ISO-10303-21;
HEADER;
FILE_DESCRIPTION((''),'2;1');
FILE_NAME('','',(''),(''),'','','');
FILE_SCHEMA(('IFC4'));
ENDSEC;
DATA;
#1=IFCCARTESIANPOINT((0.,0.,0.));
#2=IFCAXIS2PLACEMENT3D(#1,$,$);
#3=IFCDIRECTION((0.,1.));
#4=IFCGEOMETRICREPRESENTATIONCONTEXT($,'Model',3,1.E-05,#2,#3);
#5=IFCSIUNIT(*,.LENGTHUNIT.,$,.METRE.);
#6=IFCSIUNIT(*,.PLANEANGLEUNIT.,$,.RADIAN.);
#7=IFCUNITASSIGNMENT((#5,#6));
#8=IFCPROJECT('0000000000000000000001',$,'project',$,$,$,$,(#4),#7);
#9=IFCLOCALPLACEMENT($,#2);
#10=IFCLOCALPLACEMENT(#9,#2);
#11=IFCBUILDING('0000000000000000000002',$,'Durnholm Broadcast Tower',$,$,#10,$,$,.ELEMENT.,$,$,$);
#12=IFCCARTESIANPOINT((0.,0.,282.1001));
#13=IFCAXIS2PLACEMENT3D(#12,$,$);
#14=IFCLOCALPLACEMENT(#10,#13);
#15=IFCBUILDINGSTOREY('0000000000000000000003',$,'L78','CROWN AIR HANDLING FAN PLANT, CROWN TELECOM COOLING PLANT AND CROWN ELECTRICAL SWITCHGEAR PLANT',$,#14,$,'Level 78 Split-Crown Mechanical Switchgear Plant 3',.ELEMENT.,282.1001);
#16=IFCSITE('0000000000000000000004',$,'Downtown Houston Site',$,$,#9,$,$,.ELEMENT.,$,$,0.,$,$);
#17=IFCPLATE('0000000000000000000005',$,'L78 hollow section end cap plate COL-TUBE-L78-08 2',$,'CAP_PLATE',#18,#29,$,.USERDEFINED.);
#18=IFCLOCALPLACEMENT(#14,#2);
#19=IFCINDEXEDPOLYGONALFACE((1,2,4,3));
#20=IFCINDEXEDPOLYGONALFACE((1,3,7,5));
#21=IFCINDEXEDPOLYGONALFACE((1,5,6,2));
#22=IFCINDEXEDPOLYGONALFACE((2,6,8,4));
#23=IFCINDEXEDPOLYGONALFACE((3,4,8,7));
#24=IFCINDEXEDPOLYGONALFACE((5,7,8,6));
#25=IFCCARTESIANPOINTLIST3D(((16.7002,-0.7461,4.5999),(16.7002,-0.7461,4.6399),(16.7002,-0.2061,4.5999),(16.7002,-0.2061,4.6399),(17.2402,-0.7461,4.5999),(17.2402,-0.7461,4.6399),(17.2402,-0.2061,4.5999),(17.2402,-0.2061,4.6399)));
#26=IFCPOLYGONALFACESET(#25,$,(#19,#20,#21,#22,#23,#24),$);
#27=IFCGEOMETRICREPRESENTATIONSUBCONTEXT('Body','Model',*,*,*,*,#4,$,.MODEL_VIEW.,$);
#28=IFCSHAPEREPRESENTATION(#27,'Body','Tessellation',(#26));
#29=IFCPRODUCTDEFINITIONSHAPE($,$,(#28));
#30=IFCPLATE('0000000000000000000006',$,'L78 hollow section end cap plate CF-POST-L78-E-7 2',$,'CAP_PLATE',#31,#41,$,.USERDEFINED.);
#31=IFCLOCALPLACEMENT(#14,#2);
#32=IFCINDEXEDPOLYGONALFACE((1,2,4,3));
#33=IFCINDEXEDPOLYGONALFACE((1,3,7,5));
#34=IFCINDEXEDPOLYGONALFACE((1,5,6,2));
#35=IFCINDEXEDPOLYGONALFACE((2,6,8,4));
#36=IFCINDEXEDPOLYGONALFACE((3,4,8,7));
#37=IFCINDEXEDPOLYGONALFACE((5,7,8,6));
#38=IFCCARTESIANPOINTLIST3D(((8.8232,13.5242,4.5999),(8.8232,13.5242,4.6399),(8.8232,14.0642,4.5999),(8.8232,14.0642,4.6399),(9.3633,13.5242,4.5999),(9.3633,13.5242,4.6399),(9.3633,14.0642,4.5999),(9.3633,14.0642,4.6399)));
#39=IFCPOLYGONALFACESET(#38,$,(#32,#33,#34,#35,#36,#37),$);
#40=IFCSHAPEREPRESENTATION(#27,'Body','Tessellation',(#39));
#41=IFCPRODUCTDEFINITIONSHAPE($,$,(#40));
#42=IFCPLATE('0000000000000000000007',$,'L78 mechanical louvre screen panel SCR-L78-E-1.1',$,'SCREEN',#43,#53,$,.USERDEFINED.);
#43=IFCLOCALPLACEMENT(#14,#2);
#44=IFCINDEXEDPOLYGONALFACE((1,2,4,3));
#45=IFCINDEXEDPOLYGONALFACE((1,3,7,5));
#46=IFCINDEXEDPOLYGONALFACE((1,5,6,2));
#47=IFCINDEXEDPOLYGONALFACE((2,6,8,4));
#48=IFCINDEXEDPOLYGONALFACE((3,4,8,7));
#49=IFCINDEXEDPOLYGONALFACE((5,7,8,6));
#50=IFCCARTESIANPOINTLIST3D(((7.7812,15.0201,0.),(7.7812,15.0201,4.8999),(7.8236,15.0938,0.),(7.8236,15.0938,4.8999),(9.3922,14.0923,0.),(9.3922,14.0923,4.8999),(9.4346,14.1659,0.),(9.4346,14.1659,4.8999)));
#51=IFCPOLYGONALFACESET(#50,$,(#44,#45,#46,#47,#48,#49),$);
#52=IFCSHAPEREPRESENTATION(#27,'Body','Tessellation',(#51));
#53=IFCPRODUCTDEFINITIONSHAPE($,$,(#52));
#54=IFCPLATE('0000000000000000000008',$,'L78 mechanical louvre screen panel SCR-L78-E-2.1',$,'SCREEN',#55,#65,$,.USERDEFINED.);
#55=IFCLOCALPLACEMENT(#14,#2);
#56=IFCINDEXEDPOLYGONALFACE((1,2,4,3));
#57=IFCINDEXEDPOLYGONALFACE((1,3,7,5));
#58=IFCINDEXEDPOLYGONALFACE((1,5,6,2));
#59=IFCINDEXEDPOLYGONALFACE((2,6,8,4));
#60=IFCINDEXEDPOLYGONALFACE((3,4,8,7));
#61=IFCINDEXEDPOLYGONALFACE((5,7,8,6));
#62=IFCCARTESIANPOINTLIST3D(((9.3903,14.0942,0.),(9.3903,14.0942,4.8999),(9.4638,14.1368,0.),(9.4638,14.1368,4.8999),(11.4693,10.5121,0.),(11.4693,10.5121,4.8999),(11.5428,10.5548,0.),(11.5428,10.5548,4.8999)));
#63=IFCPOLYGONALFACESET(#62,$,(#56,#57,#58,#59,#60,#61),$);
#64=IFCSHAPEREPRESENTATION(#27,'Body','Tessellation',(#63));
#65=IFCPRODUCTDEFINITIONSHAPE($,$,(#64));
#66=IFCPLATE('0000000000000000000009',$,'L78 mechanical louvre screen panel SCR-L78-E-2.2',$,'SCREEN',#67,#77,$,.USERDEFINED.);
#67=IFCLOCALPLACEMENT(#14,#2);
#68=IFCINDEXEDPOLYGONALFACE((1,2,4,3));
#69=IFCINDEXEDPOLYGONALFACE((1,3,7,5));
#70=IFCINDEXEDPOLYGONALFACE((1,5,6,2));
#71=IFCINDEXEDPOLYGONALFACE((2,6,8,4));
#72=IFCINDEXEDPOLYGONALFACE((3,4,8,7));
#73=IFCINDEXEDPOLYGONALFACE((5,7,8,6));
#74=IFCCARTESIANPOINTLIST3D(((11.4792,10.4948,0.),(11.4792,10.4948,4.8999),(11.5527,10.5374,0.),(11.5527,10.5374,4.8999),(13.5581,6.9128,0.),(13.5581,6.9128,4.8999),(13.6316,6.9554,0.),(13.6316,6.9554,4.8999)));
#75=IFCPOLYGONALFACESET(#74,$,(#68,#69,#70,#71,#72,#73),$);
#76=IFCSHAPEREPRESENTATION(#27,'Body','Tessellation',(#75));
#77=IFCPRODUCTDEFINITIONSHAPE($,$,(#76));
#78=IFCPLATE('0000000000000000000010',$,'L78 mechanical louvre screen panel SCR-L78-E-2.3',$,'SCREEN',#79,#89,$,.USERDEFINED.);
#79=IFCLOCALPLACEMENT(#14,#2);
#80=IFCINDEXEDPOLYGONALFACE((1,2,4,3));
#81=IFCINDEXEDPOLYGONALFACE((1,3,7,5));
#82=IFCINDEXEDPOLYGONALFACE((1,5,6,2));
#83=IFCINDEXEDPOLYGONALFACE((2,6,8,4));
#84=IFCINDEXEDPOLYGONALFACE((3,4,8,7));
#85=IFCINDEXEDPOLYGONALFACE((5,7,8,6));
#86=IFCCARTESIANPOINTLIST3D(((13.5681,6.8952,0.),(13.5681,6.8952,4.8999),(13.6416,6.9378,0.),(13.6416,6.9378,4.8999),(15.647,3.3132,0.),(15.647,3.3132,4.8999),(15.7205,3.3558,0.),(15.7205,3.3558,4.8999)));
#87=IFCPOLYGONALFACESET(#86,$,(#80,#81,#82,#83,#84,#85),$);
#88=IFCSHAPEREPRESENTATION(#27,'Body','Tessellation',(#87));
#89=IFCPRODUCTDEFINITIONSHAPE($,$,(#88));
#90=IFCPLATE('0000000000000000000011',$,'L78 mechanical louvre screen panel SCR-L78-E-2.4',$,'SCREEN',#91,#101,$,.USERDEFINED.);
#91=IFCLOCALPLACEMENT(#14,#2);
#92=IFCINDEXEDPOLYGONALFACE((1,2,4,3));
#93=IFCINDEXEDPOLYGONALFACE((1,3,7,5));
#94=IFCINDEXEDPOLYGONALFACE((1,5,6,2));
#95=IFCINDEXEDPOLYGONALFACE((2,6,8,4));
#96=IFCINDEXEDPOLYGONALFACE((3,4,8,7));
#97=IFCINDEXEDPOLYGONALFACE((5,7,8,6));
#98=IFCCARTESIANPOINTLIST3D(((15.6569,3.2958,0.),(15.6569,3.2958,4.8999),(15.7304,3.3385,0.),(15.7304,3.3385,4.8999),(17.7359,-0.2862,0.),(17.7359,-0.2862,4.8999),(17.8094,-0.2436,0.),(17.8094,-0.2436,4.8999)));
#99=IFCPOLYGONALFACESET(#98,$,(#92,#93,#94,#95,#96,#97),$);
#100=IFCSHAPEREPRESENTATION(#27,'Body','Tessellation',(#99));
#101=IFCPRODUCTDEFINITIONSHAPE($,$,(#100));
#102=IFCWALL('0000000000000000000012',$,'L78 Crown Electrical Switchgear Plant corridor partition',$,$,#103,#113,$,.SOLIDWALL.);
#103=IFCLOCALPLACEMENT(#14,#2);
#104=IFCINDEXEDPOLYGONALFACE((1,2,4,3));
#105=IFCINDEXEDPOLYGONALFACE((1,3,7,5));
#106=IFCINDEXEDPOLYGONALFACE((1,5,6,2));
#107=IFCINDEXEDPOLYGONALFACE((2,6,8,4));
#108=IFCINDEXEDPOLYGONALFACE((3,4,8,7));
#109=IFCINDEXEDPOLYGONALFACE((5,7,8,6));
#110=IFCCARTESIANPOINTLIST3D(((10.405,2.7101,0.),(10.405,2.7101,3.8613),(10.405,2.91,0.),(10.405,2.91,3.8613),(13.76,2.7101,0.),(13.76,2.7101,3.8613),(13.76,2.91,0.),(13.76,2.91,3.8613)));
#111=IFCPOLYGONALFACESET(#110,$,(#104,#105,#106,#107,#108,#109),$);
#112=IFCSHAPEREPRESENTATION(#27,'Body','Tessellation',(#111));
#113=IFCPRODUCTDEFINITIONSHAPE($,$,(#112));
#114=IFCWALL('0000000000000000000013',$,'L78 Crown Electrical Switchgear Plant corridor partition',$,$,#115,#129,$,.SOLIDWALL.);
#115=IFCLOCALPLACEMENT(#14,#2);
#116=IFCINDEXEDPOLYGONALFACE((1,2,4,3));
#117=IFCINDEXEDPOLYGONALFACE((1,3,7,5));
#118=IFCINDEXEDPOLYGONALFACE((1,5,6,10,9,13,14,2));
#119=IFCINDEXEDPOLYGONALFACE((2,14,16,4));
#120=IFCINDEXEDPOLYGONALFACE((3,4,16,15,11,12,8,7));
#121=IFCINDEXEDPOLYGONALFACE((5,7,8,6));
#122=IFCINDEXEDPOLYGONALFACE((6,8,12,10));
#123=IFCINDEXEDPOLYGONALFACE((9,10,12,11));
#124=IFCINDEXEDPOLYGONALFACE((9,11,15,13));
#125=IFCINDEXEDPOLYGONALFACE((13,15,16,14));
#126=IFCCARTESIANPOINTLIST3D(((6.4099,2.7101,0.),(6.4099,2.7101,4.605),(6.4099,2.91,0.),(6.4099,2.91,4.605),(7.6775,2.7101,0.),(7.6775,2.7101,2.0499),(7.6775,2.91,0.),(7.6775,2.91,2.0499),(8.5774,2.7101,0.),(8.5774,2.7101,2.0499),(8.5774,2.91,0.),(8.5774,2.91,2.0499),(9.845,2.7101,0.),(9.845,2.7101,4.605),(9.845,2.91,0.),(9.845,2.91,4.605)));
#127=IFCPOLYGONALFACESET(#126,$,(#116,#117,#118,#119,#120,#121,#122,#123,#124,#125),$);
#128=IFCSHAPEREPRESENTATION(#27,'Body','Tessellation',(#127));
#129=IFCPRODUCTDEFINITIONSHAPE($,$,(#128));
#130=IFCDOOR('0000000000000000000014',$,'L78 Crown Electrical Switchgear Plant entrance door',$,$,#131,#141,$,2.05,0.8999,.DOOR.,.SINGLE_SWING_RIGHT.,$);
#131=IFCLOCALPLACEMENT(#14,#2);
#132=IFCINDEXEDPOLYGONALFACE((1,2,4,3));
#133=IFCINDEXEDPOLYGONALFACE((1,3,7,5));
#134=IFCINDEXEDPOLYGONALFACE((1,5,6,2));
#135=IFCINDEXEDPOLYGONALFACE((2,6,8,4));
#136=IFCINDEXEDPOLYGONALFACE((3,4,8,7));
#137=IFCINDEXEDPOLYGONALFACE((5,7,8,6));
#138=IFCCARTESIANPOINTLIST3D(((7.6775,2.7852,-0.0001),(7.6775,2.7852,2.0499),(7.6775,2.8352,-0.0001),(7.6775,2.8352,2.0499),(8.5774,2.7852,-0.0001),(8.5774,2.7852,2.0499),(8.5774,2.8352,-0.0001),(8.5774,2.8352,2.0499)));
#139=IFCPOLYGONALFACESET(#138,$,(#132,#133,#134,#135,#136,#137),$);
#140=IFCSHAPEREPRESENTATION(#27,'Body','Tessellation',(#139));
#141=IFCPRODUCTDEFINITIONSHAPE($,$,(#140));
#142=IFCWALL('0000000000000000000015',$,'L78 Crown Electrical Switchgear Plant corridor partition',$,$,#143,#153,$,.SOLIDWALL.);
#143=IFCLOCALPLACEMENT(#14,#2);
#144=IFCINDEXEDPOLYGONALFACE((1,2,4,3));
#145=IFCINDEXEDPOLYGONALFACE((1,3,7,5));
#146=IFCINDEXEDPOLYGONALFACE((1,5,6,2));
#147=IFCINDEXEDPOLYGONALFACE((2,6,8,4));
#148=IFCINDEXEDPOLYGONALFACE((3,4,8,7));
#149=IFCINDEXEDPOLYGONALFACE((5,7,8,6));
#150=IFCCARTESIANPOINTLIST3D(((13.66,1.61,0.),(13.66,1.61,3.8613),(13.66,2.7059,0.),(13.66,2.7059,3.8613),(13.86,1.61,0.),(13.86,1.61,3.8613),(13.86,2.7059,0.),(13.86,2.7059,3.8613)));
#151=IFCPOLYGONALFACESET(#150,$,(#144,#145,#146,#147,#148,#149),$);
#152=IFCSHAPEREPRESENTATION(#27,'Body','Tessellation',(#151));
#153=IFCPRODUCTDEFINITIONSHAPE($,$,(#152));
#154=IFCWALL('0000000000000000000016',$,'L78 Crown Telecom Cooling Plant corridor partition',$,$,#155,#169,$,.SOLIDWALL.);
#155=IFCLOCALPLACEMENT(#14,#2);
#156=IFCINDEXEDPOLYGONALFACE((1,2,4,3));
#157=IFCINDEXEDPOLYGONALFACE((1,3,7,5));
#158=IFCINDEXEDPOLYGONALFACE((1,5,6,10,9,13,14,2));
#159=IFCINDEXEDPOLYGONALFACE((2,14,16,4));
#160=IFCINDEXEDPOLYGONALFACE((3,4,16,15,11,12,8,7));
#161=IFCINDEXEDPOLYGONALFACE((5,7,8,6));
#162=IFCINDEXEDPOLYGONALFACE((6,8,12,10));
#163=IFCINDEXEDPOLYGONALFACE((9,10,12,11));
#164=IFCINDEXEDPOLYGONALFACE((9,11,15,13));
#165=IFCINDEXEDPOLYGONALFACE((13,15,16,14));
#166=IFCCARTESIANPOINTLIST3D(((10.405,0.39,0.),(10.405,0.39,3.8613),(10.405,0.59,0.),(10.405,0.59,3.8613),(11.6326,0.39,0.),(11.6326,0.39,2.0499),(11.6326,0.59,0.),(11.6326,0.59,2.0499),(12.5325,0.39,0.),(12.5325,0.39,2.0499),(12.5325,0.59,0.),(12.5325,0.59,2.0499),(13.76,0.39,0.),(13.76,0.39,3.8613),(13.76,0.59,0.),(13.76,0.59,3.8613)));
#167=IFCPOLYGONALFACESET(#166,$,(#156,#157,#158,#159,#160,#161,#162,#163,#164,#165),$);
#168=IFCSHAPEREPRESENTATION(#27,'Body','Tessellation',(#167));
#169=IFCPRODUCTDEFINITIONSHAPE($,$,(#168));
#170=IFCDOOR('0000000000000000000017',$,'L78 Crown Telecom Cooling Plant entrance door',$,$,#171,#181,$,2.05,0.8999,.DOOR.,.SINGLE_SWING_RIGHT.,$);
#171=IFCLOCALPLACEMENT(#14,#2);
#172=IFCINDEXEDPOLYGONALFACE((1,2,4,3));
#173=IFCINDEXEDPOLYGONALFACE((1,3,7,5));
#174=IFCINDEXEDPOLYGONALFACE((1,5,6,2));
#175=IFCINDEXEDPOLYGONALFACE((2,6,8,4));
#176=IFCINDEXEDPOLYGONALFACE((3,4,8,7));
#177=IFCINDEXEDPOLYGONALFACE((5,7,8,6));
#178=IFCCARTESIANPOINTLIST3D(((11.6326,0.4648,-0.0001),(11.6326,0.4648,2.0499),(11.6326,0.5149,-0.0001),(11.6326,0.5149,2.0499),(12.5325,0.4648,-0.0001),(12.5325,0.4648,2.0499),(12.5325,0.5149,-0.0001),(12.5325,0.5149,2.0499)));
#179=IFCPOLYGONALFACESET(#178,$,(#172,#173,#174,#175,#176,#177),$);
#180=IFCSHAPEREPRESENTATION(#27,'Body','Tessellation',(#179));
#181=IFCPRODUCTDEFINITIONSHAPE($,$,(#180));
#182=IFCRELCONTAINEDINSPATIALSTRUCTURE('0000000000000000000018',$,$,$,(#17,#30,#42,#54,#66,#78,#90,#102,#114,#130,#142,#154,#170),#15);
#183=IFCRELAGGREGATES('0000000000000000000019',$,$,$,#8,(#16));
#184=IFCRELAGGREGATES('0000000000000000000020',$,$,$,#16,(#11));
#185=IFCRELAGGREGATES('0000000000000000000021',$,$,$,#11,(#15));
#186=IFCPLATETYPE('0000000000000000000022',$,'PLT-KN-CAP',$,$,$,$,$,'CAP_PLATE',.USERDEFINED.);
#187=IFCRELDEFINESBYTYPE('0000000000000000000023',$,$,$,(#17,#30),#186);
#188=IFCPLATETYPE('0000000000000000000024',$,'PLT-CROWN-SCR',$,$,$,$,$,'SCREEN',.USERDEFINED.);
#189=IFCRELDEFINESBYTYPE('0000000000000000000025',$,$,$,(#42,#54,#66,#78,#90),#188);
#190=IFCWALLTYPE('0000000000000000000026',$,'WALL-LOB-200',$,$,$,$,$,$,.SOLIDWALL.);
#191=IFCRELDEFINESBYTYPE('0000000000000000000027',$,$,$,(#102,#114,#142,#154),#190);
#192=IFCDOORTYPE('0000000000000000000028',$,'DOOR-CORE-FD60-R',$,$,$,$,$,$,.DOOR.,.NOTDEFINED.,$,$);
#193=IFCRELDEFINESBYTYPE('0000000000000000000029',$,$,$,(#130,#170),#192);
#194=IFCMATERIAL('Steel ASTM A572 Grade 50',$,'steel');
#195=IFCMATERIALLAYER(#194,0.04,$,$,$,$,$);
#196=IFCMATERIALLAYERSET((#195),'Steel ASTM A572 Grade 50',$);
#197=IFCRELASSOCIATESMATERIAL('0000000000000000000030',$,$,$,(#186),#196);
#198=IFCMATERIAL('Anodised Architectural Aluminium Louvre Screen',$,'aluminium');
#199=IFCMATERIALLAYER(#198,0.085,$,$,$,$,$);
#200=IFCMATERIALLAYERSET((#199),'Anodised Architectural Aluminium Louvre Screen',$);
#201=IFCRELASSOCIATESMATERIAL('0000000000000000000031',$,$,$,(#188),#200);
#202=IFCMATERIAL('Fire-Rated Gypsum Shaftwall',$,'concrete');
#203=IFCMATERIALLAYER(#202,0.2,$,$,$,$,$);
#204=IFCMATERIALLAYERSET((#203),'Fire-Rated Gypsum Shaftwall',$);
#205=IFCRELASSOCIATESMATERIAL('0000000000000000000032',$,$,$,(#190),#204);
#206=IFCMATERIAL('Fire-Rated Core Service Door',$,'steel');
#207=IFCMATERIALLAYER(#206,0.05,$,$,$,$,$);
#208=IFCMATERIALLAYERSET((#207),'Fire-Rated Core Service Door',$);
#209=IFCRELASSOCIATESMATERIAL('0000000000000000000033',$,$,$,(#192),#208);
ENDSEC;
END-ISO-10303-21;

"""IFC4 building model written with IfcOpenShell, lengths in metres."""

from ifc_helpers import new_model, si_unit, direction, frame, frame_2d, origin, origin_2d, place, context, subcontext, project, spatial, rectangle, extrude, source, transform, mapped, material, layer, layer_set, type_object, type_shapes, element, fill, save


model = new_model("IFC4")

# Units and contexts
model_context = context("Model", 3, precision=1e-05, world=origin(), true_north=direction((0.0, 1.0)))
body_context = subcontext(model_context, "Body", "Model", "MODEL_VIEW")
ifc_project = project(units=[si_unit("LENGTHUNIT", "METRE"), si_unit("PLANEANGLEUNIT", "RADIAN")], contexts=[model_context])

# Site, building, storey
site_placement = place(None, origin())
site = spatial("IfcSite", under=ifc_project, at=site_placement, Name="Downtown Houston Site", CompositionType="ELEMENT", RefElevation=0.0)
building_placement = place(site_placement, origin())
building = spatial("IfcBuilding", under=site, at=building_placement, Name="Durnholm Broadcast Tower", CompositionType="ELEMENT")
storey_placement = place(building_placement, frame((0.0, 0.0, 282.1001)))
storey = spatial("IfcBuildingStorey", under=building, at=storey_placement, Name="L78", Description="CROWN AIR HANDLING FAN PLANT, CROWN TELECOM COOLING PLANT AND CROWN ELECTRICAL SWITCHGEAR PLANT", LongName="Level 78 Split-Crown Mechanical Switchgear Plant 3", CompositionType="ELEMENT", Elevation=282.1001)

# Plates
ifc_material_1 = material(Name="Steel ASTM A572 Grade 50", Category="steel")
ifc_layer_1 = layer(ifc_material_1, 0.04)
ifc_layer_set_1 = layer_set([ifc_layer_1], Name="Steel ASTM A572 Grade 50")
plate_type_1 = type_object("IfcPlateType", Name="PLT-KN-CAP", ElementType="CAP_PLATE", PredefinedType="USERDEFINED", material=ifc_layer_set_1)
shared_shape_1 = source(origin(), body_context, "Body", "SweptSolid", [
    extrude(rectangle(XDim=0.54, YDim=0.54, at=origin_2d()), origin(), (0.0, 0.0, 1.0), 0.04),
])
type_shapes(plate_type_1, [shared_shape_1])
for number, where, z_axis, x_axis, name in (
    (1, (16.9702, -0.4761, 4.5999), (0.0, 0.0, 1.0), (1.0, 0.0, 0.0), "L78 hollow section end cap plate COL-TUBE-L78-08 2"),
    (2, (9.0933, 13.7942, 4.5999), (0.0, 0.0, 1.0), (1.0, 0.0, 0.0), "L78 hollow section end cap plate CF-POST-L78-E-7 2"),
):
    element("IfcPlate", number, at=place(storey_placement, frame(where, z_axis=z_axis, x_axis=x_axis)), inside=storey, type_object=plate_type_1, Name=name, ObjectType="CAP_PLATE", PredefinedType="USERDEFINED", context=body_context, shape_type="MappedRepresentation", body=[
        mapped(shared_shape_1, transform((0.0, 0.0, 0.0), x_axis=(1.0, 0.0, 0.0), y_axis=(0.0, 1.0, 0.0), z_axis=(0.0, 0.0, 1.0), scale=1.0)),
    ])
ifc_material_2 = material(Name="Anodised Architectural Aluminium Louvre Screen", Category="aluminium")
ifc_layer_2 = layer(ifc_material_2, 0.085)
ifc_layer_set_2 = layer_set([ifc_layer_2], Name="Anodised Architectural Aluminium Louvre Screen")
plate_type_2 = type_object("IfcPlateType", Name="PLT-CROWN-SCR", ElementType="SCREEN", PredefinedType="USERDEFINED", material=ifc_layer_set_2)
shared_shape_2 = source(origin(), body_context, "Body", "SweptSolid", [
    extrude(rectangle(XDim=1.8591, YDim=0.085, at=origin_2d()), origin(), (0.0, 0.0, 1.0), 4.8999),
])
plate_placement = place(storey_placement, frame((8.6079, 14.593, 0.0), z_axis=(0.0, 0.0, 1.0), x_axis=(0.866549, -0.499093, 0.0)))
element("IfcPlate", 3, at=plate_placement, inside=storey, type_object=plate_type_2, Name="L78 mechanical louvre screen panel SCR-L78-E-1.1", ObjectType="SCREEN", PredefinedType="USERDEFINED", context=body_context, shape_type="MappedRepresentation", body=[
    mapped(shared_shape_2, transform((0.0, 0.0, 0.0), x_axis=(1.0, 0.0, 0.0), y_axis=(0.0, 1.0, 0.0), z_axis=(0.0, 0.0, 1.0), scale=1.0)),
])
shared_shape_3 = source(origin(), body_context, "Body", "SweptSolid", [
    extrude(rectangle(XDim=4.1416, YDim=0.085, at=origin_2d()), origin(), (0.0, 0.0, 1.0), 4.8999),
])
type_shapes(plate_type_2, [shared_shape_2, shared_shape_3])
for number, where, z_axis, x_axis, name in (
    (4, (10.4666, 12.3245, 0.0), (0.0, 0.0, 1.0), (0.501964, -0.864889, 0.0), "L78 mechanical louvre screen panel SCR-L78-E-2.1"),
    (5, (12.5554, 8.7251, 0.0), (0.0, 0.0, 1.0), (0.501964, -0.864889, 0.0), "L78 mechanical louvre screen panel SCR-L78-E-2.2"),
    (6, (14.6443, 5.1255, 0.0), (0.0, 0.0, 1.0), (0.501964, -0.864889, 0.0), "L78 mechanical louvre screen panel SCR-L78-E-2.3"),
    (7, (16.7332, 1.5261, 0.0), (0.0, 0.0, 1.0), (0.501964, -0.864889, 0.0), "L78 mechanical louvre screen panel SCR-L78-E-2.4"),
):
    element("IfcPlate", number, at=place(storey_placement, frame(where, z_axis=z_axis, x_axis=x_axis)), inside=storey, type_object=plate_type_2, Name=name, ObjectType="SCREEN", PredefinedType="USERDEFINED", context=body_context, shape_type="MappedRepresentation", body=[
        mapped(shared_shape_3, transform((0.0, 0.0, 0.0), x_axis=(1.0, 0.0, 0.0), y_axis=(0.0, 1.0, 0.0), z_axis=(0.0, 0.0, 1.0), scale=1.0)),
    ])

# Wall
ifc_material_3 = material(Name="Fire-Rated Gypsum Shaftwall", Category="concrete")
ifc_layer_3 = layer(ifc_material_3, 0.2)
ifc_layer_set_3 = layer_set([ifc_layer_3], Name="Fire-Rated Gypsum Shaftwall")
wall_type_1 = type_object("IfcWallType", Name="WALL-LOB-200", PredefinedType="SOLIDWALL", material=ifc_layer_set_3)
wall_1_placement = place(storey_placement, frame((13.76, 2.8101, 0.0), z_axis=(0.0, 0.0, 1.0), x_axis=(-1.0, 0.0, 0.0)))
element("IfcWall", 8, at=wall_1_placement, inside=storey, type_object=wall_type_1, Name="L78 Crown Electrical Switchgear Plant corridor partition", PredefinedType="SOLIDWALL", context=body_context, shape_type="SweptSolid", body=[
    extrude(rectangle(XDim=3.355, YDim=0.2, at=frame_2d((1.6775, 0.0))), origin(), (0.0, 0.0, 1.0), 3.8613),
])

# Wall, opening, door
wall_2_placement = place(storey_placement, frame((9.845, 2.8101, 0.0), z_axis=(0.0, 0.0, 1.0), x_axis=(-1.0, 0.0, 0.0)))
wall_2 = element("IfcWall", 9, at=wall_2_placement, inside=storey, type_object=wall_type_1, Name="L78 Crown Electrical Switchgear Plant corridor partition", PredefinedType="SOLIDWALL", context=body_context, shape_type="SweptSolid", body=[
    extrude(rectangle(XDim=3.4351, YDim=0.2, at=frame_2d((1.7175, 0.0))), origin(), (0.0, 0.0, 1.0), 4.605),
])
opening_1_placement = place(wall_2_placement, frame((1.2676, 0.0, 0.0)))
opening_1 = element("IfcOpeningElement", 10, at=opening_1_placement, cuts=wall_2, PredefinedType="OPENING", context=body_context, shape_type="SweptSolid", body=[
    extrude(rectangle(XDim=0.8999, YDim=2.05, at=frame_2d((0.45, 1.0249))), frame((0.0, 0.1099, 0.0), z_axis=(0.0, -1.0, 0.0), x_axis=(1.0, 0.0, 0.0)), (0.0, 0.0, 1.0), 0.22),
])
ifc_material_4 = material(Name="Fire-Rated Core Service Door", Category="steel")
ifc_layer_4 = layer(ifc_material_4, 0.05)
ifc_layer_set_4 = layer_set([ifc_layer_4], Name="Fire-Rated Core Service Door")
door_type = type_object("IfcDoorType", Name="DOOR-CORE-FD60-R", OperationType="NOTDEFINED", PredefinedType="DOOR", material=ifc_layer_set_4)
shared_shape_4 = source(origin(), body_context, "Body", "SweptSolid", [
    extrude(rectangle(XDim=0.8999, YDim=2.05, at=frame_2d((0.45, 1.0249))), frame((0.0, 0.0249, 0.0), z_axis=(0.0, -1.0, 0.0), x_axis=(1.0, 0.0, 0.0)), (0.0, 0.0, 1.0), 0.05),
])
type_shapes(door_type, [shared_shape_4])
door_1_placement = place(opening_1_placement, origin())
door_1 = element("IfcDoor", 11, at=door_1_placement, inside=storey, type_object=door_type, Name="L78 Crown Electrical Switchgear Plant entrance door", OperationType="SINGLE_SWING_RIGHT", OverallHeight=2.05, OverallWidth=0.8999, PredefinedType="DOOR", context=body_context, shape_type="MappedRepresentation", body=[
    mapped(shared_shape_4, transform((0.0, 0.0, 0.0), x_axis=(1.0, 0.0, 0.0), y_axis=(0.0, 1.0, 0.0), z_axis=(0.0, 0.0, 1.0), scale=1.0)),
])
fill(opening_1, door_1)

# Wall
wall_3_placement = place(storey_placement, frame((13.76, 1.6101, 0.0), z_axis=(0.0, 0.0, 1.0), x_axis=(0.0, 1.0, 0.0)))
element("IfcWall", 12, at=wall_3_placement, inside=storey, type_object=wall_type_1, Name="L78 Crown Electrical Switchgear Plant corridor partition", PredefinedType="SOLIDWALL", context=body_context, shape_type="SweptSolid", body=[
    extrude(rectangle(XDim=1.0959, YDim=0.2, at=frame_2d((0.5479, 0.0))), origin(), (0.0, 0.0, 1.0), 3.8613),
])

# Wall, opening, door
wall_4_placement = place(storey_placement, frame((10.405, 0.49, 0.0), z_axis=(0.0, 0.0, 1.0), x_axis=(1.0, 0.0, 0.0)))
wall_4 = element("IfcWall", 13, at=wall_4_placement, inside=storey, type_object=wall_type_1, Name="L78 Crown Telecom Cooling Plant corridor partition", PredefinedType="SOLIDWALL", context=body_context, shape_type="SweptSolid", body=[
    extrude(rectangle(XDim=3.355, YDim=0.2, at=frame_2d((1.6775, 0.0))), origin(), (0.0, 0.0, 1.0), 3.8613),
])
opening_2_placement = place(wall_4_placement, frame((1.2275, 0.0, 0.0)))
opening_2 = element("IfcOpeningElement", 14, at=opening_2_placement, cuts=wall_4, PredefinedType="OPENING", context=body_context, shape_type="SweptSolid", body=[
    extrude(rectangle(XDim=0.8999, YDim=2.05, at=frame_2d((0.45, 1.0249))), frame((0.0, 0.1099, 0.0), z_axis=(0.0, -1.0, 0.0), x_axis=(1.0, 0.0, 0.0)), (0.0, 0.0, 1.0), 0.22),
])
door_2_placement = place(opening_2_placement, origin())
door_2 = element("IfcDoor", 15, at=door_2_placement, inside=storey, type_object=door_type, Name="L78 Crown Telecom Cooling Plant entrance door", OperationType="SINGLE_SWING_RIGHT", OverallHeight=2.05, OverallWidth=0.8999, PredefinedType="DOOR", context=body_context, shape_type="MappedRepresentation", body=[
    mapped(shared_shape_4, transform((0.0, 0.0, 0.0), x_axis=(1.0, 0.0, 0.0), y_axis=(0.0, 1.0, 0.0), z_axis=(0.0, 0.0, 1.0), scale=1.0)),
])
fill(opening_2, door_2)

save(model, "model.ifc")
